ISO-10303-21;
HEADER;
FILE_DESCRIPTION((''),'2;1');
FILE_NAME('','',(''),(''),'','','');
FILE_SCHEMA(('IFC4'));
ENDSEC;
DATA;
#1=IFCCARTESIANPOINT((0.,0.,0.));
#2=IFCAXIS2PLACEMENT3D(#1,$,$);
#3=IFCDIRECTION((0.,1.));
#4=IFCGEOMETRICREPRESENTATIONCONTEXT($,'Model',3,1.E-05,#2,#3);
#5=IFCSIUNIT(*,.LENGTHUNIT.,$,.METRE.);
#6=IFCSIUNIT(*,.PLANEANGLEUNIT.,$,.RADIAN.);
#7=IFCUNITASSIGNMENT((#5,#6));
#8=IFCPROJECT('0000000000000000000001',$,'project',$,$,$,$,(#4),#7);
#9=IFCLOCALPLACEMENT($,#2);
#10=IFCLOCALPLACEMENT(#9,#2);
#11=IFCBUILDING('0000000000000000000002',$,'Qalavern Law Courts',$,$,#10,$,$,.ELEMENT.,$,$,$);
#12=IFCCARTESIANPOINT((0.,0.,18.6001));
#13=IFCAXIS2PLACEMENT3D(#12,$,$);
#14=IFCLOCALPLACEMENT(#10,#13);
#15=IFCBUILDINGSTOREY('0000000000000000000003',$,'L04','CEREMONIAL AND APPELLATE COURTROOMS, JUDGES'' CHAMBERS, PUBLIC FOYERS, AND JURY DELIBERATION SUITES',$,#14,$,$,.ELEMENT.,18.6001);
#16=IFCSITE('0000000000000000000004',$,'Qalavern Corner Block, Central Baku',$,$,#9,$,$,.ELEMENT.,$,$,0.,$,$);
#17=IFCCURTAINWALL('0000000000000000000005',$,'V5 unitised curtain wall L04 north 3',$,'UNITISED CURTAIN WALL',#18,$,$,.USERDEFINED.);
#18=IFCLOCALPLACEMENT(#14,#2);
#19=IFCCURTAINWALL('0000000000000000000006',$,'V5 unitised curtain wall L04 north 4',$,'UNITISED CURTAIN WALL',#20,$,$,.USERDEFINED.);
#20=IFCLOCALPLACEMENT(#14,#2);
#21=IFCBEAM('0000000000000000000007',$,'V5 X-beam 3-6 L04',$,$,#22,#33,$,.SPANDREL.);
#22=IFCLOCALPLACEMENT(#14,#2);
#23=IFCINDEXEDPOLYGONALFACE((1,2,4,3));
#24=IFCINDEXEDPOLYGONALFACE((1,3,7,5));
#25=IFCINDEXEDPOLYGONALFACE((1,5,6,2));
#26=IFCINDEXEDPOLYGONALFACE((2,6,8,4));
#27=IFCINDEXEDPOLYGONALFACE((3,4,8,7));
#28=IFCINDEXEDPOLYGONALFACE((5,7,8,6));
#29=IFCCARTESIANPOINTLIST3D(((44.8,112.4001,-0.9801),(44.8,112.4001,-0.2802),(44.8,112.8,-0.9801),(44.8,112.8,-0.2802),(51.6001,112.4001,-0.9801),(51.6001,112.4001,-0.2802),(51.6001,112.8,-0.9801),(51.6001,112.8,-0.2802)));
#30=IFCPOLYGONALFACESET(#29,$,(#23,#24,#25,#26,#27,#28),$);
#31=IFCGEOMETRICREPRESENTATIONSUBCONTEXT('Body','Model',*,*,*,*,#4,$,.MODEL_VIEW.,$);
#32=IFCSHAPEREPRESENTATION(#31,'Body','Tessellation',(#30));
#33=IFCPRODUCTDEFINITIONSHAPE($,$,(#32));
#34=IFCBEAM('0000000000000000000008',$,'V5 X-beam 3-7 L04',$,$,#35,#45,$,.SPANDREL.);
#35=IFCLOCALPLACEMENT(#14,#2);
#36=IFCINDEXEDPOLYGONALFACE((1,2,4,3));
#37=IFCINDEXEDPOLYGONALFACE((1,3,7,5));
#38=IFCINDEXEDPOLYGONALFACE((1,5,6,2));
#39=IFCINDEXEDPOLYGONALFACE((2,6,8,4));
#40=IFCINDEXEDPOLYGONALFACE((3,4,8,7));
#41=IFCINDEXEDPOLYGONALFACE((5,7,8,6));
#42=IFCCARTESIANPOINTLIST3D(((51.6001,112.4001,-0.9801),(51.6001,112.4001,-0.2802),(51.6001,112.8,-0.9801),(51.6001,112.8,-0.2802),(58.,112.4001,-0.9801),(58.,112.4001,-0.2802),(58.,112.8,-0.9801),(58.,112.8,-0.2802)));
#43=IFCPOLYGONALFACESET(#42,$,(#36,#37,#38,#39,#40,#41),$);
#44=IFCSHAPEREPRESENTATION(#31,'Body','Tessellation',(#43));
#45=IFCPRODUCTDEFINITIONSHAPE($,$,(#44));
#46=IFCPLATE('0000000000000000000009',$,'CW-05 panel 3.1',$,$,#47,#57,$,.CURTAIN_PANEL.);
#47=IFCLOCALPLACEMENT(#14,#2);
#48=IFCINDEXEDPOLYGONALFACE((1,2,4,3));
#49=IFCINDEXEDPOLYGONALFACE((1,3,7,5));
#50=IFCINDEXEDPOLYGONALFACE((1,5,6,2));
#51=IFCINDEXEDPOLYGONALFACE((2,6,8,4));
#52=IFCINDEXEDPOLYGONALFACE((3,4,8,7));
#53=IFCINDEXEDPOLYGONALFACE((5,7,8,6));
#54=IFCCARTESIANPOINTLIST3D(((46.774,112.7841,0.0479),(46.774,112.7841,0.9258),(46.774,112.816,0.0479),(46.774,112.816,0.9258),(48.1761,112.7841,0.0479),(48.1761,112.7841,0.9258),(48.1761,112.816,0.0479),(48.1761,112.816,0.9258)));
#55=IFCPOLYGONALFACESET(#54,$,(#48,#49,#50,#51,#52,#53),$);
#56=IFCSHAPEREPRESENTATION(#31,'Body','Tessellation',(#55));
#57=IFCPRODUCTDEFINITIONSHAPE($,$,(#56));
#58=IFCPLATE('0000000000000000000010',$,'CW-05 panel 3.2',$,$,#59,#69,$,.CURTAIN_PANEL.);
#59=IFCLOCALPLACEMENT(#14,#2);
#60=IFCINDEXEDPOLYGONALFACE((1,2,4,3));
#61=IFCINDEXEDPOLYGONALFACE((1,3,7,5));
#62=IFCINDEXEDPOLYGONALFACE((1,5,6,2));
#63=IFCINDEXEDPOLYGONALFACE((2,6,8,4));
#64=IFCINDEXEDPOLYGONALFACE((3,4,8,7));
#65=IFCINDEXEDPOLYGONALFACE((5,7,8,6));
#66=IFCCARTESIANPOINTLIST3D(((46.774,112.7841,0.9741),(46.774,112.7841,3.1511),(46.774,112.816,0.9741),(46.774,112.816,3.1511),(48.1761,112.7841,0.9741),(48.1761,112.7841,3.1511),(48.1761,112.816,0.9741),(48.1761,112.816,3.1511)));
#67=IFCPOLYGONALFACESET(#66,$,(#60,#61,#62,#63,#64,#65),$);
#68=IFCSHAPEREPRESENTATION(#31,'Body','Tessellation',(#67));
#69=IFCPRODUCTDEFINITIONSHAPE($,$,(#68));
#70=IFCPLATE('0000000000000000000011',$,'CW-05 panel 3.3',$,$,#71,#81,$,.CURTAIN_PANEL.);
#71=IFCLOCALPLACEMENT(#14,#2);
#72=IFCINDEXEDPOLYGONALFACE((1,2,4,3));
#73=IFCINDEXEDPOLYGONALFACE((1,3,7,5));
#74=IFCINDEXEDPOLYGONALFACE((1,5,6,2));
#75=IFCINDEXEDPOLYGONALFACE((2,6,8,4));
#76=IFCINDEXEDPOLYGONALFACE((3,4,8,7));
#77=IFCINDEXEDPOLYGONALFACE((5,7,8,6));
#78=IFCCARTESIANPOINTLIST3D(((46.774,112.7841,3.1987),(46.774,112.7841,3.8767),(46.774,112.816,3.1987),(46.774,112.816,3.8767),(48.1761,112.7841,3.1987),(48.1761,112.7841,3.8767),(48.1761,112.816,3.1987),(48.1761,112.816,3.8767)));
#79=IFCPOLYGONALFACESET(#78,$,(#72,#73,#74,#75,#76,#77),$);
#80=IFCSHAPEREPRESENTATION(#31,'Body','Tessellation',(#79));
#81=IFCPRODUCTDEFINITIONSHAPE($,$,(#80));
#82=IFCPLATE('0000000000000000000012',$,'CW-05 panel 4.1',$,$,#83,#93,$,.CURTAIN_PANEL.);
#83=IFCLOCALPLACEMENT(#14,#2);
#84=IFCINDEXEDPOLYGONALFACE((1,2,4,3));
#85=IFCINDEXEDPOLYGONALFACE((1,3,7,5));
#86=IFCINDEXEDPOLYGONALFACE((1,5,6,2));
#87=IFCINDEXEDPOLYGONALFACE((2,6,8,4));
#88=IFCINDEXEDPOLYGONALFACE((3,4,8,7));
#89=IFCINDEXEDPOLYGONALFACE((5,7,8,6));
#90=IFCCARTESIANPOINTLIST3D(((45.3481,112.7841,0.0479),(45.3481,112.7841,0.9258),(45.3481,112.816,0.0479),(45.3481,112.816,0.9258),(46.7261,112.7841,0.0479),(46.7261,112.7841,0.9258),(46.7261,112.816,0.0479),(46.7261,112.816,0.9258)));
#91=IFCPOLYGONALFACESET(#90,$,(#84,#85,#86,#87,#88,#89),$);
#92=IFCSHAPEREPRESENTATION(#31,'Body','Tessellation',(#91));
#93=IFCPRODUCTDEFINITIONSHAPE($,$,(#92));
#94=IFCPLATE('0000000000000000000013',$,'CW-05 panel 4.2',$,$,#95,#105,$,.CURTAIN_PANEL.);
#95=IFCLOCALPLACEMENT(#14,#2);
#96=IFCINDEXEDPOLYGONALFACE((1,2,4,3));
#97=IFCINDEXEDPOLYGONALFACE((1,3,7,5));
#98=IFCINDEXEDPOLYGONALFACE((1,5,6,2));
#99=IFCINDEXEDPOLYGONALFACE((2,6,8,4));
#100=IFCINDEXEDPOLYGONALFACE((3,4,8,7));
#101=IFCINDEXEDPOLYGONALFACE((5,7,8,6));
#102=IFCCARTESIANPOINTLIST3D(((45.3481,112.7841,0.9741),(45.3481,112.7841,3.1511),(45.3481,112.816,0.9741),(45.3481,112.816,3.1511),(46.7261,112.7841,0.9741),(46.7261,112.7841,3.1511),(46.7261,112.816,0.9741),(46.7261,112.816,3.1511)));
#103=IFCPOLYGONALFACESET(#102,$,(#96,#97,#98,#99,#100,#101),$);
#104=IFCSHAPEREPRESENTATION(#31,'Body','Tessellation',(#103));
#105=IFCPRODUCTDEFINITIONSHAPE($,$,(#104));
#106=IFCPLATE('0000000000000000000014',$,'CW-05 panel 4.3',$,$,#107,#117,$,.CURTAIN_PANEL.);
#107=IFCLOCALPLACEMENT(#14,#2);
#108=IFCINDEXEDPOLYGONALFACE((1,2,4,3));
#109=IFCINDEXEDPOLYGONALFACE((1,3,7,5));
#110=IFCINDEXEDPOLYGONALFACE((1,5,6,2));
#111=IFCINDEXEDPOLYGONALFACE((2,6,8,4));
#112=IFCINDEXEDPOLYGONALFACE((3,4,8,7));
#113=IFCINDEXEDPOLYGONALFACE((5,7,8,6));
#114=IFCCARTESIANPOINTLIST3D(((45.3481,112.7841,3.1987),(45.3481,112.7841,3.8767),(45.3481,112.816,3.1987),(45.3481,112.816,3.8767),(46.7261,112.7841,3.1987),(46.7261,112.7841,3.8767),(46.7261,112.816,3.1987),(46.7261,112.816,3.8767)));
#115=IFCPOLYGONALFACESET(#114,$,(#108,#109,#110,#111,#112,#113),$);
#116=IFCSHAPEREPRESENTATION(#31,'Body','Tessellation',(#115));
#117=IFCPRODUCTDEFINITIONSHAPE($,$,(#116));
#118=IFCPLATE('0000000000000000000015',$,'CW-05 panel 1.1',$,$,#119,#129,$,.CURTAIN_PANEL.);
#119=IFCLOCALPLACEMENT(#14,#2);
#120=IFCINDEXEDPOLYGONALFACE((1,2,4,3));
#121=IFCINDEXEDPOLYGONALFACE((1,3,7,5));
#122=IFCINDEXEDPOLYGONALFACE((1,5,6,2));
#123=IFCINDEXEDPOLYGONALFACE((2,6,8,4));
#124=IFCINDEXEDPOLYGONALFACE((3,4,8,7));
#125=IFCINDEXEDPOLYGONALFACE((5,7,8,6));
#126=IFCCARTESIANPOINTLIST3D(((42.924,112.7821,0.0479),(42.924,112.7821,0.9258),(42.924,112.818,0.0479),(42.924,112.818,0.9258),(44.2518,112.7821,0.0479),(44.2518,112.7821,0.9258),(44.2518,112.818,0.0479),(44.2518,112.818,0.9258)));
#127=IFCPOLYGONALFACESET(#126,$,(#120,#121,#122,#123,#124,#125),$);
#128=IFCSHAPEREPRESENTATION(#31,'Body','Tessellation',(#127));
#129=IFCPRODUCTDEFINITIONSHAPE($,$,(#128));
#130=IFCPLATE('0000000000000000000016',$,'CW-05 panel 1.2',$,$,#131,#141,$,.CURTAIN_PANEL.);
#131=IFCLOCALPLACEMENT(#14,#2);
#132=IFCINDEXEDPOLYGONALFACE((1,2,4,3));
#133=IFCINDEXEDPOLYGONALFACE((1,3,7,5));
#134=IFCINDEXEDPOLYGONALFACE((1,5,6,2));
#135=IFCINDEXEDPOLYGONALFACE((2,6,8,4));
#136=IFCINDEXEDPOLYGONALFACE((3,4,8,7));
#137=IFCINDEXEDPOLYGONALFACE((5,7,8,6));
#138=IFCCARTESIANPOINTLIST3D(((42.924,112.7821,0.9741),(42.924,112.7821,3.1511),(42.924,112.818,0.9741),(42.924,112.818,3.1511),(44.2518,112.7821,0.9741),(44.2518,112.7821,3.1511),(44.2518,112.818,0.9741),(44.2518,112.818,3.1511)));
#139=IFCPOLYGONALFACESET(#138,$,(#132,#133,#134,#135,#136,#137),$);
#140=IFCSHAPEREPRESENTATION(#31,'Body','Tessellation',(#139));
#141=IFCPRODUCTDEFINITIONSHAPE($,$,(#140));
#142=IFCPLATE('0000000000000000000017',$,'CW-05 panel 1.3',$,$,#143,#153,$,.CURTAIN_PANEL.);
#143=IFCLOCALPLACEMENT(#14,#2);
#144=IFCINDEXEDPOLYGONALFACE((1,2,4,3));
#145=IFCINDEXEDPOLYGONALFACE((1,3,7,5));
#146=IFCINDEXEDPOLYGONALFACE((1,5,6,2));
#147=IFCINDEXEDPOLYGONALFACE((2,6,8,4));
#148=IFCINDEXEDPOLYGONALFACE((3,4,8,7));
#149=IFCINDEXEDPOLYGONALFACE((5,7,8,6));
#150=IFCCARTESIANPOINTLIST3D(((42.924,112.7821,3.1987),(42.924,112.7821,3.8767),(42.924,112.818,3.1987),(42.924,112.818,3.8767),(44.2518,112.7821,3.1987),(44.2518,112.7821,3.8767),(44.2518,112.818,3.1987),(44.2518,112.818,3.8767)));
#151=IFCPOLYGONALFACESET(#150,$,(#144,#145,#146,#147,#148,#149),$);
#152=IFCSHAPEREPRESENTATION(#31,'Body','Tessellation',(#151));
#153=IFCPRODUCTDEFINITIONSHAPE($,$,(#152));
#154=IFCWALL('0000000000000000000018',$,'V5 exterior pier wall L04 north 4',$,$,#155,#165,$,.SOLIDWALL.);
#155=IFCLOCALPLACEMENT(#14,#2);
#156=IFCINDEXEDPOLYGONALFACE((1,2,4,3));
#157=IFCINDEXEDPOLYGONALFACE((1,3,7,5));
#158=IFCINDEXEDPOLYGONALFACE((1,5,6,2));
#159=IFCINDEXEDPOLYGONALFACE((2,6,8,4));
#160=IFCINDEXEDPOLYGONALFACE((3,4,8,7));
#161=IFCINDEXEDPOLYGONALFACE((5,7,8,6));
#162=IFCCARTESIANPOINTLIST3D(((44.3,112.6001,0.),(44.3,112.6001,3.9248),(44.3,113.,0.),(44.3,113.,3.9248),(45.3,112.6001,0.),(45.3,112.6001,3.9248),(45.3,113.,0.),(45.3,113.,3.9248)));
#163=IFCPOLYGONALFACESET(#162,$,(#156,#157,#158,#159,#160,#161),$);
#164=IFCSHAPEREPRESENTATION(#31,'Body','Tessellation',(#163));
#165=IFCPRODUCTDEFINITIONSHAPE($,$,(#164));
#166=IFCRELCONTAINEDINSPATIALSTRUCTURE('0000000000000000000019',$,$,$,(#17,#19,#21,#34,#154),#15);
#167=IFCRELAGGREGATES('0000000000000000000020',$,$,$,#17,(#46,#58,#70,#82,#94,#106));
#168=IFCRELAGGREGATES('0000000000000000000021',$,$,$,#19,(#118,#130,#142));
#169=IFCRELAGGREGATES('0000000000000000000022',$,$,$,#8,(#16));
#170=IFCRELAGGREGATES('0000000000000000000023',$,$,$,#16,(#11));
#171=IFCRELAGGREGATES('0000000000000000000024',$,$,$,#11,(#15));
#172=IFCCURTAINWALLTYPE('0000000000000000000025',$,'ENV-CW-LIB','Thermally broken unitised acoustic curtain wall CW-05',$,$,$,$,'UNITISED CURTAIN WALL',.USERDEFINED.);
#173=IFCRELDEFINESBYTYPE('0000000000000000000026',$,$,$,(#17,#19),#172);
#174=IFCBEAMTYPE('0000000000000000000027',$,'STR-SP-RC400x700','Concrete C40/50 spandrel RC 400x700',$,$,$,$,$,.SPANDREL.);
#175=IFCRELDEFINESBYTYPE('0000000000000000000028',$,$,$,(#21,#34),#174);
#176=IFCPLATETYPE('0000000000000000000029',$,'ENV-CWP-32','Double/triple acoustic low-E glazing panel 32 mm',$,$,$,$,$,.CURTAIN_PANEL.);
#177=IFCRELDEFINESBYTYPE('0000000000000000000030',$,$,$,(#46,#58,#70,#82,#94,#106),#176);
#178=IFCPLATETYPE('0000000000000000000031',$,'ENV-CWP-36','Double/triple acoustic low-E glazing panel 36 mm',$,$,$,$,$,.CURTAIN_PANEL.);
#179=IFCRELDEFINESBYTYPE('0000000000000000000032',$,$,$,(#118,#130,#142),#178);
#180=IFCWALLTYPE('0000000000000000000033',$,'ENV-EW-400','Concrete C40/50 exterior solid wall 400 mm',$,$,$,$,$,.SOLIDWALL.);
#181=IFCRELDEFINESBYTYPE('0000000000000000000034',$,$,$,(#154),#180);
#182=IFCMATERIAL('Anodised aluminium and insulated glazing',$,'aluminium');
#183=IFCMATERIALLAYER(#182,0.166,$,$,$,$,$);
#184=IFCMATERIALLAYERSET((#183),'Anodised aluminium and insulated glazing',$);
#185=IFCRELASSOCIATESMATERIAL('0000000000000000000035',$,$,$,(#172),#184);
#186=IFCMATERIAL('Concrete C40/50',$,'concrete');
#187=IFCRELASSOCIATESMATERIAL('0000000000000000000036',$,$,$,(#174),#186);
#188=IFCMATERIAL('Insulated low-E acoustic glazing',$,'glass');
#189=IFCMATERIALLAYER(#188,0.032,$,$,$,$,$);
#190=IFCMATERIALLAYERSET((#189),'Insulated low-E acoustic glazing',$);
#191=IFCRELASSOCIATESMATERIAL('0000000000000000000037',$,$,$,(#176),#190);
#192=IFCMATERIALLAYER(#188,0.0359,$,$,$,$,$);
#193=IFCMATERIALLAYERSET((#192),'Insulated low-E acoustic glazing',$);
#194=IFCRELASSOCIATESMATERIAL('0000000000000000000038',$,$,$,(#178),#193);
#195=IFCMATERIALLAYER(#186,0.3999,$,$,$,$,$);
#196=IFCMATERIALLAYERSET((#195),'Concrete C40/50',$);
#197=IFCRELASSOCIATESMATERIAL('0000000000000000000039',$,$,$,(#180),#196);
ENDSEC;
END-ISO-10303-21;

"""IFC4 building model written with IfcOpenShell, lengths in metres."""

from ifc_helpers import new_model, si_unit, direction, frame, frame_2d, origin, origin_2d, place, context, subcontext, project, spatial, rectangle, extrude, material, layer, layer_set, material_profile, profile_set, type_object, element, aggregate, save


model = new_model("IFC4")

# Units and contexts
model_context = context("Model", 3, precision=1e-05, world=origin(), true_north=direction((0.0, 1.0)))
body_context = subcontext(model_context, "Body", "Model", "MODEL_VIEW")
ifc_project = project(units=[si_unit("LENGTHUNIT", "METRE"), si_unit("PLANEANGLEUNIT", "RADIAN")], contexts=[model_context])

# Site, building, storey
site_placement = place(None, origin())
site = spatial("IfcSite", under=ifc_project, at=site_placement, Name="Qalavern Corner Block, Central Baku", CompositionType="ELEMENT", RefElevation=0.0)
building_placement = place(site_placement, origin())
building = spatial("IfcBuilding", under=site, at=building_placement, Name="Qalavern Law Courts", CompositionType="ELEMENT")
storey_placement = place(building_placement, frame((0.0, 0.0, 18.6001)))
storey = spatial("IfcBuildingStorey", under=building, at=storey_placement, Name="L04", Description="CEREMONIAL AND APPELLATE COURTROOMS, JUDGES' CHAMBERS, PUBLIC FOYERS, AND JURY DELIBERATION SUITES", CompositionType="ELEMENT", Elevation=18.6001)

# Curtain walls
ifc_material_1 = material(Name="Anodised aluminium and insulated glazing", Category="aluminium")
ifc_layer_1 = layer(ifc_material_1, 0.166)
ifc_layer_set_1 = layer_set([ifc_layer_1], Name="Anodised aluminium and insulated glazing")
curtain_wall_type = type_object("IfcCurtainWallType", Name="ENV-CW-LIB", Description="Thermally broken unitised acoustic curtain wall CW-05", ElementType="UNITISED CURTAIN WALL", PredefinedType="USERDEFINED", material=ifc_layer_set_1)
curtain_wall_1_placement = place(storey_placement, origin())
curtain_wall_1 = element("IfcCurtainWall", 1, at=curtain_wall_1_placement, inside=storey, type_object=curtain_wall_type, Name="V5 unitised curtain wall L04 north 3", ObjectType="UNITISED CURTAIN WALL", PredefinedType="USERDEFINED")
curtain_wall_2_placement = place(storey_placement, origin())
curtain_wall_2 = element("IfcCurtainWall", 2, at=curtain_wall_2_placement, inside=storey, type_object=curtain_wall_type, Name="V5 unitised curtain wall L04 north 4", ObjectType="UNITISED CURTAIN WALL", PredefinedType="USERDEFINED")

# Beams
ifc_material_2 = material(Name="Concrete C40/50", Category="concrete")
ifc_material_profile_1 = material_profile(ifc_material_2, rectangle(XDim=0.3999, YDim=0.7, at=origin_2d()), Name="RC 400x700")
ifc_profile_set_1 = profile_set([ifc_material_profile_1], Name="Concrete C40/50")
beam_type_1 = type_object("IfcBeamType", Name="STR-SP-RC400x700", Description="Concrete C40/50 spandrel RC 400x700", PredefinedType="SPANDREL", material=ifc_profile_set_1)
beam_1_placement = place(storey_placement, frame((44.8, 112.6001, -0.6301), z_axis=(1.0, 0.0, 0.0), x_axis=(0.0, 1.0, 0.0)))
element("IfcBeam", 3, at=beam_1_placement, inside=storey, type_object=beam_type_1, Name="V5 X-beam 3-6 L04", PredefinedType="SPANDREL", context=body_context, shape_type="SweptSolid", body=[
    extrude(rectangle(XDim=0.3999, YDim=0.7, at=origin_2d()), origin(), (0.0, 0.0, 1.0), 6.8),
])
beam_2_placement = place(storey_placement, frame((51.6001, 112.6001, -0.6301), z_axis=(1.0, 0.0, 0.0), x_axis=(0.0, 1.0, 0.0)))
element("IfcBeam", 4, at=beam_2_placement, inside=storey, type_object=beam_type_1, Name="V5 X-beam 3-7 L04", PredefinedType="SPANDREL", context=body_context, shape_type="SweptSolid", body=[
    extrude(rectangle(XDim=0.3999, YDim=0.7, at=origin_2d()), origin(), (0.0, 0.0, 1.0), 6.3999),
])

# Plates
ifc_material_3 = material(Name="Insulated low-E acoustic glazing", Category="glass")
ifc_layer_2 = layer(ifc_material_3, 0.032)
ifc_layer_set_2 = layer_set([ifc_layer_2], Name="Insulated low-E acoustic glazing")
plate_type_1 = type_object("IfcPlateType", Name="ENV-CWP-32", Description="Double/triple acoustic low-E glazing panel 32 mm", PredefinedType="CURTAIN_PANEL", material=ifc_layer_set_2)
plate_1_placement = place(storey_placement, frame((47.4751, 112.8, 0.0479), z_axis=(0.0, 0.0, 1.0), x_axis=(-1.0, 0.0, 0.0)))
plate_1 = element("IfcPlate", 5, at=plate_1_placement, type_object=plate_type_1, Name="CW-05 panel 3.1", PredefinedType="CURTAIN_PANEL", context=body_context, shape_type="SweptSolid", body=[
    extrude(rectangle(XDim=1.4021, YDim=0.032, at=origin_2d()), origin(), (0.0, 0.0, 1.0), 0.8779),
])
plate_2_placement = place(storey_placement, frame((47.4751, 112.8, 0.9741), z_axis=(0.0, 0.0, 1.0), x_axis=(-1.0, 0.0, 0.0)))
plate_2 = element("IfcPlate", 6, at=plate_2_placement, type_object=plate_type_1, Name="CW-05 panel 3.2", PredefinedType="CURTAIN_PANEL", context=body_context, shape_type="SweptSolid", body=[
    extrude(rectangle(XDim=1.4021, YDim=0.032, at=origin_2d()), origin(), (0.0, 0.0, 1.0), 2.177),
])
plate_3_placement = place(storey_placement, frame((47.4751, 112.8, 3.1987), z_axis=(0.0, 0.0, 1.0), x_axis=(-1.0, 0.0, 0.0)))
plate_3 = element("IfcPlate", 7, at=plate_3_placement, type_object=plate_type_1, Name="CW-05 panel 3.3", PredefinedType="CURTAIN_PANEL", context=body_context, shape_type="SweptSolid", body=[
    extrude(rectangle(XDim=1.4021, YDim=0.032, at=origin_2d()), origin(), (0.0, 0.0, 1.0), 0.678),
])
plate_4_placement = place(storey_placement, frame((46.0371, 112.8, 0.0479), z_axis=(0.0, 0.0, 1.0), x_axis=(-1.0, 0.0, 0.0)))
plate_4 = element("IfcPlate", 8, at=plate_4_placement, type_object=plate_type_1, Name="CW-05 panel 4.1", PredefinedType="CURTAIN_PANEL", context=body_context, shape_type="SweptSolid", body=[
    extrude(rectangle(XDim=1.3779, YDim=0.032, at=origin_2d()), origin(), (0.0, 0.0, 1.0), 0.8779),
])
plate_5_placement = place(storey_placement, frame((46.0371, 112.8, 0.9741), z_axis=(0.0, 0.0, 1.0), x_axis=(-1.0, 0.0, 0.0)))
plate_5 = element("IfcPlate", 9, at=plate_5_placement, type_object=plate_type_1, Name="CW-05 panel 4.2", PredefinedType="CURTAIN_PANEL", context=body_context, shape_type="SweptSolid", body=[
    extrude(rectangle(XDim=1.3779, YDim=0.032, at=origin_2d()), origin(), (0.0, 0.0, 1.0), 2.177),
])
plate_6_placement = place(storey_placement, frame((46.0371, 112.8, 3.1987), z_axis=(0.0, 0.0, 1.0), x_axis=(-1.0, 0.0, 0.0)))
plate_6 = element("IfcPlate", 10, at=plate_6_placement, type_object=plate_type_1, Name="CW-05 panel 4.3", PredefinedType="CURTAIN_PANEL", context=body_context, shape_type="SweptSolid", body=[
    extrude(rectangle(XDim=1.3779, YDim=0.032, at=origin_2d()), origin(), (0.0, 0.0, 1.0), 0.678),
])
aggregate(curtain_wall_1, [plate_1, plate_2, plate_3, plate_4, plate_5, plate_6])
ifc_layer_3 = layer(ifc_material_3, 0.0359)
ifc_layer_set_3 = layer_set([ifc_layer_3], Name="Insulated low-E acoustic glazing")
plate_type_2 = type_object("IfcPlateType", Name="ENV-CWP-36", Description="Double/triple acoustic low-E glazing panel 36 mm", PredefinedType="CURTAIN_PANEL", material=ifc_layer_set_3)
plate_7_placement = place(storey_placement, frame((43.5879, 112.8, 0.0479), z_axis=(0.0, 0.0, 1.0), x_axis=(-1.0, 0.0, 0.0)))
plate_7 = element("IfcPlate", 11, at=plate_7_placement, type_object=plate_type_2, Name="CW-05 panel 1.1", PredefinedType="CURTAIN_PANEL", context=body_context, shape_type="SweptSolid", body=[
    extrude(rectangle(XDim=1.3279, YDim=0.0359, at=origin_2d()), origin(), (0.0, 0.0, 1.0), 0.8779),
])
plate_8_placement = place(storey_placement, frame((43.5879, 112.8, 0.9741), z_axis=(0.0, 0.0, 1.0), x_axis=(-1.0, 0.0, 0.0)))
plate_8 = element("IfcPlate", 12, at=plate_8_placement, type_object=plate_type_2, Name="CW-05 panel 1.2", PredefinedType="CURTAIN_PANEL", context=body_context, shape_type="SweptSolid", body=[
    extrude(rectangle(XDim=1.3279, YDim=0.0359, at=origin_2d()), origin(), (0.0, 0.0, 1.0), 2.177),
])
plate_9_placement = place(storey_placement, frame((43.5879, 112.8, 3.1987), z_axis=(0.0, 0.0, 1.0), x_axis=(-1.0, 0.0, 0.0)))
plate_9 = element("IfcPlate", 13, at=plate_9_placement, type_object=plate_type_2, Name="CW-05 panel 1.3", PredefinedType="CURTAIN_PANEL", context=body_context, shape_type="SweptSolid", body=[
    extrude(rectangle(XDim=1.3279, YDim=0.0359, at=origin_2d()), origin(), (0.0, 0.0, 1.0), 0.678),
])
aggregate(curtain_wall_2, [plate_7, plate_8, plate_9])

# Wall
ifc_layer_4 = layer(ifc_material_2, 0.3999)
ifc_layer_set_4 = layer_set([ifc_layer_4], Name="Concrete C40/50")
wall_type = type_object("IfcWallType", Name="ENV-EW-400", Description="Concrete C40/50 exterior solid wall 400 mm", PredefinedType="SOLIDWALL", material=ifc_layer_set_4)
wall_placement = place(storey_placement, frame((45.3, 112.8, 0.0), z_axis=(0.0, 0.0, 1.0), x_axis=(-1.0, 0.0, 0.0)))
element("IfcWall", 14, at=wall_placement, inside=storey, type_object=wall_type, Name="V5 exterior pier wall L04 north 4", PredefinedType="SOLIDWALL", context=body_context, shape_type="SweptSolid", body=[
    extrude(rectangle(XDim=1.0, YDim=0.3999, at=frame_2d((0.5, 0.0))), origin(), (0.0, 0.0, 1.0), 3.9248),
])

save(model, "model.ifc")
